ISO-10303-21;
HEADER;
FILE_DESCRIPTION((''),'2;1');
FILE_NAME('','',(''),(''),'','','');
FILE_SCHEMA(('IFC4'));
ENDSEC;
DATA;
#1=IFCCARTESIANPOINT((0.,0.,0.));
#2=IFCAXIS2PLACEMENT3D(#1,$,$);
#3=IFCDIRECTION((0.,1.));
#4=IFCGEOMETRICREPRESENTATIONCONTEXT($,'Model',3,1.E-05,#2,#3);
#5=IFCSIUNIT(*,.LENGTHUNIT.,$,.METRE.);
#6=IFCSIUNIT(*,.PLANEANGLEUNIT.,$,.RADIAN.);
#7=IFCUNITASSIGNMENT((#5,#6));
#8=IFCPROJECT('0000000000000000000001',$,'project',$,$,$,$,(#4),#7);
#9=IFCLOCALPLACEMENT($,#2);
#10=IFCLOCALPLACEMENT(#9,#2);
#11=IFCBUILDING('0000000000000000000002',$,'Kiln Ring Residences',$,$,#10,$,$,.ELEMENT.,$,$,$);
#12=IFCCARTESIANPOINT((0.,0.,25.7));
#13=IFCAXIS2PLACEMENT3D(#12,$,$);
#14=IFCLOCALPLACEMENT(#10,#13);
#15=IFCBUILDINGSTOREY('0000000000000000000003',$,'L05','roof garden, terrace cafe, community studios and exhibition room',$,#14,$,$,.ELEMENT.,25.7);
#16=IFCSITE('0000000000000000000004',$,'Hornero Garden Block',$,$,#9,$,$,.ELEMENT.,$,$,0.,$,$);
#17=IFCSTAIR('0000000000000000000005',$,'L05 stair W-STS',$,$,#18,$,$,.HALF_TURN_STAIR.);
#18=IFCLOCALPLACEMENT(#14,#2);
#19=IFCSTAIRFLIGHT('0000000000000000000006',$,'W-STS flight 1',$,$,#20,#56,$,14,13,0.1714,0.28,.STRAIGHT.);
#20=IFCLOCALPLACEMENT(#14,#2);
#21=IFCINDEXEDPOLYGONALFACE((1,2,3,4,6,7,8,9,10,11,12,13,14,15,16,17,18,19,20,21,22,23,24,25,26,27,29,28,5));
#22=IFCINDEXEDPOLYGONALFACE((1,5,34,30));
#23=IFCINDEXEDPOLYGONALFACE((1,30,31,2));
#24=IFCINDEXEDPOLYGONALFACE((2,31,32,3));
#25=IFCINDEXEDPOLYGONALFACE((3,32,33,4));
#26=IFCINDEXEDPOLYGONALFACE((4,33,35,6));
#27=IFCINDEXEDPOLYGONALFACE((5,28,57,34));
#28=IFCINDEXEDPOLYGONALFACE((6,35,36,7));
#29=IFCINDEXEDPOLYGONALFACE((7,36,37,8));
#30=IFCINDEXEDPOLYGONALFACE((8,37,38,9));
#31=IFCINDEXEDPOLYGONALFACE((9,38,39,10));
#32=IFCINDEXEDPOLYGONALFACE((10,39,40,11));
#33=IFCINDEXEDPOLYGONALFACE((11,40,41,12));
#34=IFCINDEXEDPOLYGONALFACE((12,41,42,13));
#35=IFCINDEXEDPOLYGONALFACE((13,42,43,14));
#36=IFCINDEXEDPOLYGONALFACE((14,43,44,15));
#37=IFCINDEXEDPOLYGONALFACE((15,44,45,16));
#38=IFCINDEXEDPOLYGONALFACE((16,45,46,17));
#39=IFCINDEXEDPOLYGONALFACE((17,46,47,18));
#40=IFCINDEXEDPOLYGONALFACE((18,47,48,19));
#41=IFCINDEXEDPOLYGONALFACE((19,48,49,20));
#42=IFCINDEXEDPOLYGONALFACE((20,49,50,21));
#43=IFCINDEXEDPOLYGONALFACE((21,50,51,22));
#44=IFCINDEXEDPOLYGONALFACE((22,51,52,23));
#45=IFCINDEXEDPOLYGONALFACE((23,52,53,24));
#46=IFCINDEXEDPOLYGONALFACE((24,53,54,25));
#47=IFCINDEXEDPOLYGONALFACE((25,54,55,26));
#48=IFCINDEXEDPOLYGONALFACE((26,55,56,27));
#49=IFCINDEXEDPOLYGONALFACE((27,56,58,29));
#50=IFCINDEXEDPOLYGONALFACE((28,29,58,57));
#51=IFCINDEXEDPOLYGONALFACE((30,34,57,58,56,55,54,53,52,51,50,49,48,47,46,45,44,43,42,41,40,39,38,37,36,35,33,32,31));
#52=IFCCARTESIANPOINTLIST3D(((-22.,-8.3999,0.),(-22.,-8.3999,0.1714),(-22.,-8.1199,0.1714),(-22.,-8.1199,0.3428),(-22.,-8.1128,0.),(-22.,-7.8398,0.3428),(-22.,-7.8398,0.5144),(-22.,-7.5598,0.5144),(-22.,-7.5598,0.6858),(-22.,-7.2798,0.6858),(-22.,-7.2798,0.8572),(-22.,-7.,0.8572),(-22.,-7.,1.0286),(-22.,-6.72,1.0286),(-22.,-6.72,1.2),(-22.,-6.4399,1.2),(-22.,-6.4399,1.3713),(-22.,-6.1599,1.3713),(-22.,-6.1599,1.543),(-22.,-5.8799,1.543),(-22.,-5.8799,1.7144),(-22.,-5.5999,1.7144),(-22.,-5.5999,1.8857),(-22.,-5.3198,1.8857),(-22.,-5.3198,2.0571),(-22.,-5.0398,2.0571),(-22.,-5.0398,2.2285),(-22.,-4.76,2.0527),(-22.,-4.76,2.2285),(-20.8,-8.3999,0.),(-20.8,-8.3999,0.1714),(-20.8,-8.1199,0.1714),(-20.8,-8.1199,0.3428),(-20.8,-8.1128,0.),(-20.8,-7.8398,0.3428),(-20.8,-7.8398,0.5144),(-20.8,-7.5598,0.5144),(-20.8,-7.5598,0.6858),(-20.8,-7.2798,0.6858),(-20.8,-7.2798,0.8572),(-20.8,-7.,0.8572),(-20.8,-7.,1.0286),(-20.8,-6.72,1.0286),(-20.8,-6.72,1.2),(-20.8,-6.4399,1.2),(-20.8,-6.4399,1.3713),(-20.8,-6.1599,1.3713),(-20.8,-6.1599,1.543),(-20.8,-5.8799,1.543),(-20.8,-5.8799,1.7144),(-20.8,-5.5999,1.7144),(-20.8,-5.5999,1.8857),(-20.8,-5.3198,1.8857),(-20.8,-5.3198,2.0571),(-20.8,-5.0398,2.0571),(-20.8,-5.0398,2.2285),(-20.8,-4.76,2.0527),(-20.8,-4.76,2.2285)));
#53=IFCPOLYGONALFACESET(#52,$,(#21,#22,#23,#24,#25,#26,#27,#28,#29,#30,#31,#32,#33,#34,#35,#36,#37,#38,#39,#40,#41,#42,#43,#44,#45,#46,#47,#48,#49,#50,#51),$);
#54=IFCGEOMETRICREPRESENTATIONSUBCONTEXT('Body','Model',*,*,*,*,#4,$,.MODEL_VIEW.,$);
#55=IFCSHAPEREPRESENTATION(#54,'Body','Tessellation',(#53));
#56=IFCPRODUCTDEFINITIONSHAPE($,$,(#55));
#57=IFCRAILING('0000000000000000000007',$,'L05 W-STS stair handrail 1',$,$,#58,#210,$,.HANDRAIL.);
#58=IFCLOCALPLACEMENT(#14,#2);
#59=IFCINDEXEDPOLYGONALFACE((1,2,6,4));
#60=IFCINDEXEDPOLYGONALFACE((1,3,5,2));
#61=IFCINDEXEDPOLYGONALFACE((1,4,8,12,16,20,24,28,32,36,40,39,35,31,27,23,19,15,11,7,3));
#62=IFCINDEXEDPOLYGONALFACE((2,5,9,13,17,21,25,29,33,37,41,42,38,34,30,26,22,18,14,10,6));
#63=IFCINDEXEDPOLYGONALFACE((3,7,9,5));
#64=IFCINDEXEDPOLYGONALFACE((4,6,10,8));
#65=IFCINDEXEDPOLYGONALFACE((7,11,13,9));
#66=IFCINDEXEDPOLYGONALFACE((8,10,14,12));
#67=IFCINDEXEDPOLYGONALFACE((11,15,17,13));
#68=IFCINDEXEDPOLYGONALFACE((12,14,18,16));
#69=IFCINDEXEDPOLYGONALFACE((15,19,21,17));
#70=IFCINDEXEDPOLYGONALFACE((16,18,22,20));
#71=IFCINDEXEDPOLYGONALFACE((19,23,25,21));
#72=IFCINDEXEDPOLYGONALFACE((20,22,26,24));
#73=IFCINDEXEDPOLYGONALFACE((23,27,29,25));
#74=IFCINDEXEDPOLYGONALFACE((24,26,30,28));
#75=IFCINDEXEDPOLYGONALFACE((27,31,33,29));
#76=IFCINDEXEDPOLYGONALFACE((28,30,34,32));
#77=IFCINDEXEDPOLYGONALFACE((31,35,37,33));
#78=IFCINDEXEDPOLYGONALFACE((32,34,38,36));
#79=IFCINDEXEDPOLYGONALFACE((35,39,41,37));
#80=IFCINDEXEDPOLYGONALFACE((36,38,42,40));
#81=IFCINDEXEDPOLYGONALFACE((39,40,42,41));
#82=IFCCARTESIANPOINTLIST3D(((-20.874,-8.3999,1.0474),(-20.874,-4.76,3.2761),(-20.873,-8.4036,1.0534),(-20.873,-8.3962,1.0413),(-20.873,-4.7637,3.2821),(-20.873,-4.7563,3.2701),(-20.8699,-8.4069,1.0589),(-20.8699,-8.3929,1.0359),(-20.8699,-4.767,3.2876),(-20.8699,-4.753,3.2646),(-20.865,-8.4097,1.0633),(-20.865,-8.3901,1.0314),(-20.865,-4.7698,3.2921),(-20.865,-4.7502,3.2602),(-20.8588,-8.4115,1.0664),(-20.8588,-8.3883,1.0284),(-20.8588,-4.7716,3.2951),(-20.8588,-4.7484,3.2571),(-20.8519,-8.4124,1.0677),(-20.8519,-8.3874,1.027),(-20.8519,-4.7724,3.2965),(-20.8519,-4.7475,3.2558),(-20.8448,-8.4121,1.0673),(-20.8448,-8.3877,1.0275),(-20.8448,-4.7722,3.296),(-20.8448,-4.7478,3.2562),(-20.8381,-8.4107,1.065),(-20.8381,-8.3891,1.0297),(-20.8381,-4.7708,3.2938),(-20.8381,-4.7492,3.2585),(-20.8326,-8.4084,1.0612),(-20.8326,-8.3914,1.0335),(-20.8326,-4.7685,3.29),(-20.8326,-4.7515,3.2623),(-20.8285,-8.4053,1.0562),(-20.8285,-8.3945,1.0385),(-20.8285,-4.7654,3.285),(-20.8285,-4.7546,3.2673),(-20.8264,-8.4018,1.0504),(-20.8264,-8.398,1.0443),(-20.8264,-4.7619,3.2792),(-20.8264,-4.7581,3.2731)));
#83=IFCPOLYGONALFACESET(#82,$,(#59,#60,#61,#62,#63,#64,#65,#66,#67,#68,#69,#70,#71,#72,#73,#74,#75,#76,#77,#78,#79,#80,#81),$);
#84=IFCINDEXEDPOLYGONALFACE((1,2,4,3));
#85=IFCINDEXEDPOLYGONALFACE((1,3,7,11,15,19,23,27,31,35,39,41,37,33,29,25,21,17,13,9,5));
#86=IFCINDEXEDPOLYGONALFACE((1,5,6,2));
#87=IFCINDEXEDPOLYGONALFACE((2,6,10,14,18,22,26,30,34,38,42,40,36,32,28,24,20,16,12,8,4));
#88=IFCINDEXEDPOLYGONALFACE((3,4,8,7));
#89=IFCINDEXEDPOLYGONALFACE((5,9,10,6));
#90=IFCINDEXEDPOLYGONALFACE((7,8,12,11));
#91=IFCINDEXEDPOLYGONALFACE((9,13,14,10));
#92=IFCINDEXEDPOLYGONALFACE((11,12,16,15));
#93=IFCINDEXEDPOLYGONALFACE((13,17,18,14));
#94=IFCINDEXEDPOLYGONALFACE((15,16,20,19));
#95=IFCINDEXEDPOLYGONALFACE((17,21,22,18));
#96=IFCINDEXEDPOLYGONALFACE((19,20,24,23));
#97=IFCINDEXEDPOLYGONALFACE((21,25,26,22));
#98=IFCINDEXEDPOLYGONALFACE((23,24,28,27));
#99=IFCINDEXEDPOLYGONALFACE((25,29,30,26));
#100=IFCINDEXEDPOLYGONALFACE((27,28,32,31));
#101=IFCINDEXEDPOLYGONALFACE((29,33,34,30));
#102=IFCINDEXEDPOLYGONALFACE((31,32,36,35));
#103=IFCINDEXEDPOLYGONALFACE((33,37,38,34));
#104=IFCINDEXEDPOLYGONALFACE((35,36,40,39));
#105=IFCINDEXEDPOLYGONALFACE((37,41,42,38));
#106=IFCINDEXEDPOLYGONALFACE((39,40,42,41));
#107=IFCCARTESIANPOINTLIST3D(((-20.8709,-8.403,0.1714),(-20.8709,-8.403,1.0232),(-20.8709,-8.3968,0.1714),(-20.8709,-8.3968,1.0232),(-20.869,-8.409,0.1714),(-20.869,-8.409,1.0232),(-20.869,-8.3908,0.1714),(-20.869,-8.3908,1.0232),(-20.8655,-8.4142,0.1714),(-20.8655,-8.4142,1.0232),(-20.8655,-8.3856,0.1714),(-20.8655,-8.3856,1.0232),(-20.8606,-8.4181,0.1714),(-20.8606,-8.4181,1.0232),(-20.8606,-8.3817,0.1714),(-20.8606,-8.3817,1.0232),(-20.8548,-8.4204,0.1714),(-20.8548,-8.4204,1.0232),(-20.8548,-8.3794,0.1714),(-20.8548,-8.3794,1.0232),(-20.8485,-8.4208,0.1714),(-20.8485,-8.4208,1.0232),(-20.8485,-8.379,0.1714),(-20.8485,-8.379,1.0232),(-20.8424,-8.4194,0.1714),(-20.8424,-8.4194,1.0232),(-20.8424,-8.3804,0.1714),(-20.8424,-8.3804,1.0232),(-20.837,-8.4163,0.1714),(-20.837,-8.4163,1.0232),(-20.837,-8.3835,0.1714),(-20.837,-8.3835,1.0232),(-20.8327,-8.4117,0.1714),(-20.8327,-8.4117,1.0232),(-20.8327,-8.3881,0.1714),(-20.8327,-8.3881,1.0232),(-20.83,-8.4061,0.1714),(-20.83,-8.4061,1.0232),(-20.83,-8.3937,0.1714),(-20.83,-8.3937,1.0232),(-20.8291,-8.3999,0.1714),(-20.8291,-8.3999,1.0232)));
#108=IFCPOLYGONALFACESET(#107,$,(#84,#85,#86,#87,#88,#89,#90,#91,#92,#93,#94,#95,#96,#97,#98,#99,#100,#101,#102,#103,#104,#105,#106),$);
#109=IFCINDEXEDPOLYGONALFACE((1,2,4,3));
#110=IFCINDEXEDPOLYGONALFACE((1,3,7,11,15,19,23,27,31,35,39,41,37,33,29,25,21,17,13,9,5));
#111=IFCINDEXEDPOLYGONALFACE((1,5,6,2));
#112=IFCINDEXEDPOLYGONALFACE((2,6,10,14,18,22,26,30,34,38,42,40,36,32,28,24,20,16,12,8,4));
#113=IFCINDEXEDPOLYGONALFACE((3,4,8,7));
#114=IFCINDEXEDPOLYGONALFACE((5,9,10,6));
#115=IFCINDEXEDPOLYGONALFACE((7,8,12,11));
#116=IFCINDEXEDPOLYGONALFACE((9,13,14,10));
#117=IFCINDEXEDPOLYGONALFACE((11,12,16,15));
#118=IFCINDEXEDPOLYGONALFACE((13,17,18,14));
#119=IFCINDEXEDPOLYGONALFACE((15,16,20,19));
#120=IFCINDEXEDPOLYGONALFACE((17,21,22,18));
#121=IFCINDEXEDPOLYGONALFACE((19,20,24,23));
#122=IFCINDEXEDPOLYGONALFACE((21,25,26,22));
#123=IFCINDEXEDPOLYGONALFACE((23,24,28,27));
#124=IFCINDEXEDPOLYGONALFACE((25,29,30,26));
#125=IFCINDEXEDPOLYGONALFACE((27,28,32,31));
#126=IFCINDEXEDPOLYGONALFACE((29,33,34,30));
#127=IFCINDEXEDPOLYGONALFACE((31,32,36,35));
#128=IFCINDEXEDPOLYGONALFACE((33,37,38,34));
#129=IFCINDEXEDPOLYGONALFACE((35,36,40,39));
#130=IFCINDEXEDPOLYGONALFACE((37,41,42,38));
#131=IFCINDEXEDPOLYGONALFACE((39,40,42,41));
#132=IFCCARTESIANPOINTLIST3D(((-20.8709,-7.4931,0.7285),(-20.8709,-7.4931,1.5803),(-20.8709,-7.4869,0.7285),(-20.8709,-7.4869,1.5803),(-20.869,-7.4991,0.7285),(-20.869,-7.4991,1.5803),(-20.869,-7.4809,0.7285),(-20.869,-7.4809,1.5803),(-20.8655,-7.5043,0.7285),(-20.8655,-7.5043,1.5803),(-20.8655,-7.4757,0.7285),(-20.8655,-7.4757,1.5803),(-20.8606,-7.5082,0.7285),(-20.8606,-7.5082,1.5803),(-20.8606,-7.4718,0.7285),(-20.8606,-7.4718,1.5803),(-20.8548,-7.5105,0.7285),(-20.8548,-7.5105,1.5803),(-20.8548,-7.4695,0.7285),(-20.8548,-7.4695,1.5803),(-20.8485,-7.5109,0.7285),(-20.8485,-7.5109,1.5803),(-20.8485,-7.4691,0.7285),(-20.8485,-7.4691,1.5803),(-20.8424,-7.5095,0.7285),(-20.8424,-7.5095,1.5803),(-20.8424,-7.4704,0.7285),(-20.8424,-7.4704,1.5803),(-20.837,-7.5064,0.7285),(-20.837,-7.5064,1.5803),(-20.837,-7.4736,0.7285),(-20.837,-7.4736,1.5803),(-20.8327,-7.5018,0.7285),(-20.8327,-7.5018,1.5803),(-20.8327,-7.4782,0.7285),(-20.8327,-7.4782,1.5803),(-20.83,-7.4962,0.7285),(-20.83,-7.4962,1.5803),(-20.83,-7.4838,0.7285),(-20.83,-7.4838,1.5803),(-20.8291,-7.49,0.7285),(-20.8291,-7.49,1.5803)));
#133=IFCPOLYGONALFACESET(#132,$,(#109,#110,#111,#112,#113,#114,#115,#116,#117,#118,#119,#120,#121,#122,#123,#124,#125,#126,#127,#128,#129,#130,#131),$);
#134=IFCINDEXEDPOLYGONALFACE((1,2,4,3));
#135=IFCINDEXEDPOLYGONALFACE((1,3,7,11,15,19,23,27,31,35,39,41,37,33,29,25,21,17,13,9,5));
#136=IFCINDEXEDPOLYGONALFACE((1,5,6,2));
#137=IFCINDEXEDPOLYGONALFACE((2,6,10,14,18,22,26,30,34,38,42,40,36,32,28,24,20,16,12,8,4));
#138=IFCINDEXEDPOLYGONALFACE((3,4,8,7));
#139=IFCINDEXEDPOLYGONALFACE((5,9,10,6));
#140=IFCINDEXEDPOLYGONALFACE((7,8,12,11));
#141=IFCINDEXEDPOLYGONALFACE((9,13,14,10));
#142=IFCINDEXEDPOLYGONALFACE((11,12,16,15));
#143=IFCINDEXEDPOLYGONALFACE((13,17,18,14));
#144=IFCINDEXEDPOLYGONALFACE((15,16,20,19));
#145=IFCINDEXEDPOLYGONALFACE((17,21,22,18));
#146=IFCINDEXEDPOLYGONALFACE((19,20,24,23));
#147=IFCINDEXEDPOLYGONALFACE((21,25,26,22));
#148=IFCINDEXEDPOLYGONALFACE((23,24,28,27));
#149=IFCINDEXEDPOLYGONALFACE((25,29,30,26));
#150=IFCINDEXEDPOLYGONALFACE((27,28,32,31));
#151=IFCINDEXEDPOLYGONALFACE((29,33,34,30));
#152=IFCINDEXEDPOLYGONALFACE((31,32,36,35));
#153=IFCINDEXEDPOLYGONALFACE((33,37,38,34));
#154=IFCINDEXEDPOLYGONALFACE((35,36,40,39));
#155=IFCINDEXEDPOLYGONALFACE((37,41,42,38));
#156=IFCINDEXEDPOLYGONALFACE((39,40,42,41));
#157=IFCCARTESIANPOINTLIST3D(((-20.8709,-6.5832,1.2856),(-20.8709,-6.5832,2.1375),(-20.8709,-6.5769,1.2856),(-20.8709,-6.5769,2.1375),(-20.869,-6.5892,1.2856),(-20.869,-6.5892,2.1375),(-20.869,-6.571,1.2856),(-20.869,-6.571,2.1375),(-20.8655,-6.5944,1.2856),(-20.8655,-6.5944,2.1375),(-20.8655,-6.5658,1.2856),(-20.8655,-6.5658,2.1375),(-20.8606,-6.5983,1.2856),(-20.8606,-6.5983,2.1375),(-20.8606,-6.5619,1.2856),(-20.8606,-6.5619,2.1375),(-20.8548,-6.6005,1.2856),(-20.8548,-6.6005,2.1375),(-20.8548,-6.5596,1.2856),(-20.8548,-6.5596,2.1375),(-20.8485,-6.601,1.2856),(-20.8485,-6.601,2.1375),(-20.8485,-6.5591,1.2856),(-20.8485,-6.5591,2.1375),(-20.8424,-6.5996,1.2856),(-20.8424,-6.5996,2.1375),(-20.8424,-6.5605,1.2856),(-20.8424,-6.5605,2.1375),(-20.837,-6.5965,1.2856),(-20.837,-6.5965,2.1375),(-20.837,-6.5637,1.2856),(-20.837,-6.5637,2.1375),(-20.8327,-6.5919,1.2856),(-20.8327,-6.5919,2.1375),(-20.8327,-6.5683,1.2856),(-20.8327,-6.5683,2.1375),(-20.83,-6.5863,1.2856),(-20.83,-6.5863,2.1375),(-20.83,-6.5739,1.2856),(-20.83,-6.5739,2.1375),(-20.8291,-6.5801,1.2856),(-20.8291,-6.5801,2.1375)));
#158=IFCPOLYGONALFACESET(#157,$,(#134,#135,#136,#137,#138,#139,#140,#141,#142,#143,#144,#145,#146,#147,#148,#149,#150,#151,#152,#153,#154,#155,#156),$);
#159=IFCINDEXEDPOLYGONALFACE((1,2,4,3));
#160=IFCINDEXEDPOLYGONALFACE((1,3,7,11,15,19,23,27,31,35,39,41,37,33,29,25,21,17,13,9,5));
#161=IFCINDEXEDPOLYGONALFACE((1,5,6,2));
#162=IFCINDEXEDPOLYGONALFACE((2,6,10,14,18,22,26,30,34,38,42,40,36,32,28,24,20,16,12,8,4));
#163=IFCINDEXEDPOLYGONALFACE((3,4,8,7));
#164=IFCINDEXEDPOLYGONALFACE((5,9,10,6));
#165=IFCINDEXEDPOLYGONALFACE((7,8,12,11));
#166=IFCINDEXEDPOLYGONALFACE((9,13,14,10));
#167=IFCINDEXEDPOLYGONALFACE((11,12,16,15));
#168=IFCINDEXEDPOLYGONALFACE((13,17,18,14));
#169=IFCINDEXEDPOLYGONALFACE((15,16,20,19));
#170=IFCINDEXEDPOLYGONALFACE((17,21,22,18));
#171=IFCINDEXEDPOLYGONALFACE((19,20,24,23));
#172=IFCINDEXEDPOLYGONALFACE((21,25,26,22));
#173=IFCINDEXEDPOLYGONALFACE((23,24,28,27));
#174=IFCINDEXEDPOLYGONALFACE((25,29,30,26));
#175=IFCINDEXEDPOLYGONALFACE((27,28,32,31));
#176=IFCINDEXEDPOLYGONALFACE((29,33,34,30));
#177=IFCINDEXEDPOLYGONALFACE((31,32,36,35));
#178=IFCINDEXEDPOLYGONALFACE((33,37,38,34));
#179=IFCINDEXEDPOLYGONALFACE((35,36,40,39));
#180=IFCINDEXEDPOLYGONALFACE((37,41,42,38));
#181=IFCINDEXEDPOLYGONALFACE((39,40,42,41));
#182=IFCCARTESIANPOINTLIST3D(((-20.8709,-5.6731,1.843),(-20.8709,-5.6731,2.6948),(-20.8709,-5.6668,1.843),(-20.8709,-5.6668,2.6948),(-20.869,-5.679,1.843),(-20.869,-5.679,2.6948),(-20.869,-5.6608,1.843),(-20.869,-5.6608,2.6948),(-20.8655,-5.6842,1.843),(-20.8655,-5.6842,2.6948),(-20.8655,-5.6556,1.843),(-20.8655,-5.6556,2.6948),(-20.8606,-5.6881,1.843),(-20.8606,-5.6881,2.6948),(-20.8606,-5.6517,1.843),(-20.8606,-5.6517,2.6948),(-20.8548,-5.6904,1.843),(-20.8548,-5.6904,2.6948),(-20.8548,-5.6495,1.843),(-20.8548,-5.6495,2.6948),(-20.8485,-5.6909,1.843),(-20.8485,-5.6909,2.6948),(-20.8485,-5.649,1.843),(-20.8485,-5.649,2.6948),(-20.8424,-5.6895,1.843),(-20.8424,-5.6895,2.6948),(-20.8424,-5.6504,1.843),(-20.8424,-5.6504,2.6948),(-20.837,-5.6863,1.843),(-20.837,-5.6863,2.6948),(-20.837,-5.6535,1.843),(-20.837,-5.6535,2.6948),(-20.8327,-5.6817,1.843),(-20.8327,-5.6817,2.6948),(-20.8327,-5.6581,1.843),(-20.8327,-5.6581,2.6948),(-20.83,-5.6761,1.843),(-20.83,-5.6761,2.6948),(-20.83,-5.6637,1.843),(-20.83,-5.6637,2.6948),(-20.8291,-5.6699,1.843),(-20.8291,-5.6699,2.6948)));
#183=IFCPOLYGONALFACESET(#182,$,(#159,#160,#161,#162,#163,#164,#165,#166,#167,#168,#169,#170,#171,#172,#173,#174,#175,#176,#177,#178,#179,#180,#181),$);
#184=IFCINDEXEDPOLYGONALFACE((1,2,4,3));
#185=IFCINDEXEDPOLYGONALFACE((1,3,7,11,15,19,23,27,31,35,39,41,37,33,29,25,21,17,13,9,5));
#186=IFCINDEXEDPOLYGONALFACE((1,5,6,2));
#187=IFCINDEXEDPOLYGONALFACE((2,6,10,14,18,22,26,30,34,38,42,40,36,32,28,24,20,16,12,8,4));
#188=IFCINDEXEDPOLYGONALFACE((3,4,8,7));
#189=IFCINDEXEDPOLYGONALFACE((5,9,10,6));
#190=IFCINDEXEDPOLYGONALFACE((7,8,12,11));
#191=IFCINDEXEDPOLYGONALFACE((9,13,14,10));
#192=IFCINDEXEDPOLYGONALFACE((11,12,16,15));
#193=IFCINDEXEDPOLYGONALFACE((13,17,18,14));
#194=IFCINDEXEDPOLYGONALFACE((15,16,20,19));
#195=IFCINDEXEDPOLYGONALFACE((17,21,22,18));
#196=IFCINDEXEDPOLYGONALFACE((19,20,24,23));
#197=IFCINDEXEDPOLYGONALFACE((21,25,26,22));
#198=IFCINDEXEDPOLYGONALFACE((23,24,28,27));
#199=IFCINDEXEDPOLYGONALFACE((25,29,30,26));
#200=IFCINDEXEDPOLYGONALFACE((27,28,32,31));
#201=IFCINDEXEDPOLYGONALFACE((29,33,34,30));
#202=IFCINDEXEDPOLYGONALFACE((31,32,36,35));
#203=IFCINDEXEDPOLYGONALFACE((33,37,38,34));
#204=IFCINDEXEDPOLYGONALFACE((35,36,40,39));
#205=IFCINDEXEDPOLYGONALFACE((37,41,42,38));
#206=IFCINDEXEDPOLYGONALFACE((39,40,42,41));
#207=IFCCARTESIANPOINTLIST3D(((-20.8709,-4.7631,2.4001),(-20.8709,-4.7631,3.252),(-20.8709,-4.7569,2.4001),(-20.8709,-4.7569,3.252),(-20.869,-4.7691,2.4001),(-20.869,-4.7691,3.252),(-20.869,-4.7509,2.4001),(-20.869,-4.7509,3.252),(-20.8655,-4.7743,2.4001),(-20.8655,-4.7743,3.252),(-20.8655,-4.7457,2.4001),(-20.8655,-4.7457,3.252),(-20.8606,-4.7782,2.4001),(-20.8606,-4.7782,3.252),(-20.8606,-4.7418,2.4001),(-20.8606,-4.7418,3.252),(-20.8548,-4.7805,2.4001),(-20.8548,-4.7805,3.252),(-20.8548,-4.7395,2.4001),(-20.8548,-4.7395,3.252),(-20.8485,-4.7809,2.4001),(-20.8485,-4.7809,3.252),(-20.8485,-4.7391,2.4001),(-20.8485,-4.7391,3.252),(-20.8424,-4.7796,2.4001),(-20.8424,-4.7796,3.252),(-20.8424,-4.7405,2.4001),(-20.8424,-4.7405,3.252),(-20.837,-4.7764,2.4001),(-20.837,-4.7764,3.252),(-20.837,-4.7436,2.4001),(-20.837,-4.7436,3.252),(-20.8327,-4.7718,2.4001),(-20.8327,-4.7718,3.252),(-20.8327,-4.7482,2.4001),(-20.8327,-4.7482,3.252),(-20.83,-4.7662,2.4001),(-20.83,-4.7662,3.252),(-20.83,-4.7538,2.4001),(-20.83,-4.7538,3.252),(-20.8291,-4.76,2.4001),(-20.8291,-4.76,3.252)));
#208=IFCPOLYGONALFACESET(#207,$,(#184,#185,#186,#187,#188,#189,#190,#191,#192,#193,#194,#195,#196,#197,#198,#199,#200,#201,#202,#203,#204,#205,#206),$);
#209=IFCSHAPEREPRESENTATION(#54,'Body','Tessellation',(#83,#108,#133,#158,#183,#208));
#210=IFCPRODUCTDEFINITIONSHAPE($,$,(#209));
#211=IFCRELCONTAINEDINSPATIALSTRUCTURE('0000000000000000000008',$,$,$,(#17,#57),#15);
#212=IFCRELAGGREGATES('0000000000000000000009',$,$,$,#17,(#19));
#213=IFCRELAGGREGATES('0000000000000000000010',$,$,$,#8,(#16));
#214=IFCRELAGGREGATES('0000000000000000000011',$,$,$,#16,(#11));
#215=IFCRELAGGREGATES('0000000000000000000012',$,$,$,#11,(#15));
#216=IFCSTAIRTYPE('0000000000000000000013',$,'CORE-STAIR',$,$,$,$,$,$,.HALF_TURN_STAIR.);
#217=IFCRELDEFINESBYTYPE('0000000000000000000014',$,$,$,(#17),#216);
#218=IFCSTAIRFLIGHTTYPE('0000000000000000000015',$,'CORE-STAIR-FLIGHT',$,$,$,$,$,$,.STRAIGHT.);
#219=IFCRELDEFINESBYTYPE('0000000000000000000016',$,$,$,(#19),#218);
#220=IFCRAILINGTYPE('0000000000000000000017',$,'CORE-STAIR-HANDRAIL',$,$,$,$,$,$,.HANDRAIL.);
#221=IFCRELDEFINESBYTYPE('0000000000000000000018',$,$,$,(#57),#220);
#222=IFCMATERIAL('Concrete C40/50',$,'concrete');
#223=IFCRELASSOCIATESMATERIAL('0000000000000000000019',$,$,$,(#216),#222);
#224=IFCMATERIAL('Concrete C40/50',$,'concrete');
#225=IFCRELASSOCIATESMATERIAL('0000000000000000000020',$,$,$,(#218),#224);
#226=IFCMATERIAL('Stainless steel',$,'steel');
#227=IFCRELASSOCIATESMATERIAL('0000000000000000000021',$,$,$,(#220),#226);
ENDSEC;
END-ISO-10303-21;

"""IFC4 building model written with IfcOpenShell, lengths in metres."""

from ifc_helpers import new_model, si_unit, direction, frame, origin, origin_2d, place, context, subcontext, project, spatial, polyline, circle, outline, extrude, material, type_object, element, aggregate, save


model = new_model("IFC4")

# Units and contexts
model_context = context("Model", 3, precision=1e-05, world=origin(), true_north=direction((0.0, 1.0)))
body_context = subcontext(model_context, "Body", "Model", "MODEL_VIEW")
ifc_project = project(units=[si_unit("LENGTHUNIT", "METRE"), si_unit("PLANEANGLEUNIT", "RADIAN")], contexts=[model_context])

# Site, building, storey
site_placement = place(None, origin())
site = spatial("IfcSite", under=ifc_project, at=site_placement, Name="Hornero Garden Block", CompositionType="ELEMENT", RefElevation=0.0)
building_placement = place(site_placement, origin())
building = spatial("IfcBuilding", under=site, at=building_placement, Name="Kiln Ring Residences", CompositionType="ELEMENT")
storey_placement = place(building_placement, frame((0.0, 0.0, 25.7)))
storey = spatial("IfcBuildingStorey", under=building, at=storey_placement, Name="L05", Description="roof garden, terrace cafe, community studios and exhibition room", CompositionType="ELEMENT", Elevation=25.7)

# Stair, stair flight
ifc_material_1 = material(Name="Concrete C40/50", Category="concrete")
stair_type = type_object("IfcStairType", Name="CORE-STAIR", PredefinedType="HALF_TURN_STAIR", material=ifc_material_1)
stair_placement = place(storey_placement, origin())
stair = element("IfcStair", 1, at=stair_placement, inside=storey, type_object=stair_type, Name="L05 stair W-STS", PredefinedType="HALF_TURN_STAIR")
ifc_material_2 = material(Name="Concrete C40/50", Category="concrete")
stair_flight_type = type_object("IfcStairFlightType", Name="CORE-STAIR-FLIGHT", PredefinedType="STRAIGHT", material=ifc_material_2)
stair_flight_placement = place(storey_placement, frame((-21.3999, -8.3999, 0.0), z_axis=(0.0, 0.0, 1.0), x_axis=(0.0, 1.0, 0.0)))
stair_flight = element("IfcStairFlight", 2, at=stair_flight_placement, type_object=stair_flight_type, Name="W-STS flight 1", NumberOfRisers=14, NumberOfTreads=13, PredefinedType="STRAIGHT", RiserHeight=0.1714, TreadLength=0.28, context=body_context, shape_type="SweptSolid", body=[
    extrude(outline(polyline([(0.0, 0.0), (0.0, 0.1714), (0.28, 0.1714), (0.28, 0.3428), (0.5601, 0.3428), (0.5601, 0.5144), (0.8401, 0.5144), (0.8401, 0.6858), (1.1201, 0.6858), (1.1201, 0.8572), (1.3999, 0.8572), (1.3999, 1.0286), (1.6799, 1.0286), (1.6799, 1.2), (1.96, 1.2), (1.96, 1.3713), (2.24, 1.3713), (2.24, 1.543), (2.52, 1.543), (2.52, 1.7144), (2.8, 1.7144), (2.8, 1.8857), (3.0801, 1.8857), (3.0801, 2.0571), (3.3601, 2.0571), (3.3601, 2.2285), (3.6399, 2.2285), (3.6399, 2.3999), (3.6399, 2.0527), (0.2871, 0.0), (0.0, 0.0)])), frame((0.0, 0.6001, 0.0), z_axis=(0.0, -1.0, 0.0), x_axis=(1.0, 0.0, 0.0)), (0.0, 0.0, 1.0), 1.2),
])
aggregate(stair, [stair_flight])

# Railing
ifc_material_3 = material(Name="Stainless steel", Category="steel")
railing_type = type_object("IfcRailingType", Name="CORE-STAIR-HANDRAIL", PredefinedType="HANDRAIL", material=ifc_material_3)
railing_placement = place(storey_placement, frame((-20.8501, -8.3999, 0.1714)))
element("IfcRailing", 3, at=railing_placement, inside=storey, type_object=railing_type, Name="L05 W-STS stair handrail 1", PredefinedType="HANDRAIL", context=body_context, shape_type="SweptSolid", body=[
    extrude(circle(Radius=0.0239, at=origin_2d()), frame((0.0, 0.0, 0.876), z_axis=(0.0, 0.852825, 0.522197), x_axis=(-1.0, 0.0, 0.0)), (0.0, 0.0, 1.0), 4.2681),
    extrude(circle(Radius=0.021, at=origin_2d()), origin(), (0.0, 0.0, 1.0), 0.8518),
    extrude(circle(Radius=0.021, at=origin_2d()), frame((0.0, 0.9099, 0.5571)), (0.0, 0.0, 1.0), 0.8518),
    extrude(circle(Radius=0.021, at=origin_2d()), frame((0.0, 1.8198, 1.1143)), (0.0, 0.0, 1.0), 0.8518),
    extrude(circle(Radius=0.021, at=origin_2d()), frame((0.0, 2.73, 1.6716)), (0.0, 0.0, 1.0), 0.8518),
    extrude(circle(Radius=0.021, at=origin_2d()), frame((0.0, 3.6399, 2.2288)), (0.0, 0.0, 1.0), 0.8518),
])

save(model, "model.ifc")
